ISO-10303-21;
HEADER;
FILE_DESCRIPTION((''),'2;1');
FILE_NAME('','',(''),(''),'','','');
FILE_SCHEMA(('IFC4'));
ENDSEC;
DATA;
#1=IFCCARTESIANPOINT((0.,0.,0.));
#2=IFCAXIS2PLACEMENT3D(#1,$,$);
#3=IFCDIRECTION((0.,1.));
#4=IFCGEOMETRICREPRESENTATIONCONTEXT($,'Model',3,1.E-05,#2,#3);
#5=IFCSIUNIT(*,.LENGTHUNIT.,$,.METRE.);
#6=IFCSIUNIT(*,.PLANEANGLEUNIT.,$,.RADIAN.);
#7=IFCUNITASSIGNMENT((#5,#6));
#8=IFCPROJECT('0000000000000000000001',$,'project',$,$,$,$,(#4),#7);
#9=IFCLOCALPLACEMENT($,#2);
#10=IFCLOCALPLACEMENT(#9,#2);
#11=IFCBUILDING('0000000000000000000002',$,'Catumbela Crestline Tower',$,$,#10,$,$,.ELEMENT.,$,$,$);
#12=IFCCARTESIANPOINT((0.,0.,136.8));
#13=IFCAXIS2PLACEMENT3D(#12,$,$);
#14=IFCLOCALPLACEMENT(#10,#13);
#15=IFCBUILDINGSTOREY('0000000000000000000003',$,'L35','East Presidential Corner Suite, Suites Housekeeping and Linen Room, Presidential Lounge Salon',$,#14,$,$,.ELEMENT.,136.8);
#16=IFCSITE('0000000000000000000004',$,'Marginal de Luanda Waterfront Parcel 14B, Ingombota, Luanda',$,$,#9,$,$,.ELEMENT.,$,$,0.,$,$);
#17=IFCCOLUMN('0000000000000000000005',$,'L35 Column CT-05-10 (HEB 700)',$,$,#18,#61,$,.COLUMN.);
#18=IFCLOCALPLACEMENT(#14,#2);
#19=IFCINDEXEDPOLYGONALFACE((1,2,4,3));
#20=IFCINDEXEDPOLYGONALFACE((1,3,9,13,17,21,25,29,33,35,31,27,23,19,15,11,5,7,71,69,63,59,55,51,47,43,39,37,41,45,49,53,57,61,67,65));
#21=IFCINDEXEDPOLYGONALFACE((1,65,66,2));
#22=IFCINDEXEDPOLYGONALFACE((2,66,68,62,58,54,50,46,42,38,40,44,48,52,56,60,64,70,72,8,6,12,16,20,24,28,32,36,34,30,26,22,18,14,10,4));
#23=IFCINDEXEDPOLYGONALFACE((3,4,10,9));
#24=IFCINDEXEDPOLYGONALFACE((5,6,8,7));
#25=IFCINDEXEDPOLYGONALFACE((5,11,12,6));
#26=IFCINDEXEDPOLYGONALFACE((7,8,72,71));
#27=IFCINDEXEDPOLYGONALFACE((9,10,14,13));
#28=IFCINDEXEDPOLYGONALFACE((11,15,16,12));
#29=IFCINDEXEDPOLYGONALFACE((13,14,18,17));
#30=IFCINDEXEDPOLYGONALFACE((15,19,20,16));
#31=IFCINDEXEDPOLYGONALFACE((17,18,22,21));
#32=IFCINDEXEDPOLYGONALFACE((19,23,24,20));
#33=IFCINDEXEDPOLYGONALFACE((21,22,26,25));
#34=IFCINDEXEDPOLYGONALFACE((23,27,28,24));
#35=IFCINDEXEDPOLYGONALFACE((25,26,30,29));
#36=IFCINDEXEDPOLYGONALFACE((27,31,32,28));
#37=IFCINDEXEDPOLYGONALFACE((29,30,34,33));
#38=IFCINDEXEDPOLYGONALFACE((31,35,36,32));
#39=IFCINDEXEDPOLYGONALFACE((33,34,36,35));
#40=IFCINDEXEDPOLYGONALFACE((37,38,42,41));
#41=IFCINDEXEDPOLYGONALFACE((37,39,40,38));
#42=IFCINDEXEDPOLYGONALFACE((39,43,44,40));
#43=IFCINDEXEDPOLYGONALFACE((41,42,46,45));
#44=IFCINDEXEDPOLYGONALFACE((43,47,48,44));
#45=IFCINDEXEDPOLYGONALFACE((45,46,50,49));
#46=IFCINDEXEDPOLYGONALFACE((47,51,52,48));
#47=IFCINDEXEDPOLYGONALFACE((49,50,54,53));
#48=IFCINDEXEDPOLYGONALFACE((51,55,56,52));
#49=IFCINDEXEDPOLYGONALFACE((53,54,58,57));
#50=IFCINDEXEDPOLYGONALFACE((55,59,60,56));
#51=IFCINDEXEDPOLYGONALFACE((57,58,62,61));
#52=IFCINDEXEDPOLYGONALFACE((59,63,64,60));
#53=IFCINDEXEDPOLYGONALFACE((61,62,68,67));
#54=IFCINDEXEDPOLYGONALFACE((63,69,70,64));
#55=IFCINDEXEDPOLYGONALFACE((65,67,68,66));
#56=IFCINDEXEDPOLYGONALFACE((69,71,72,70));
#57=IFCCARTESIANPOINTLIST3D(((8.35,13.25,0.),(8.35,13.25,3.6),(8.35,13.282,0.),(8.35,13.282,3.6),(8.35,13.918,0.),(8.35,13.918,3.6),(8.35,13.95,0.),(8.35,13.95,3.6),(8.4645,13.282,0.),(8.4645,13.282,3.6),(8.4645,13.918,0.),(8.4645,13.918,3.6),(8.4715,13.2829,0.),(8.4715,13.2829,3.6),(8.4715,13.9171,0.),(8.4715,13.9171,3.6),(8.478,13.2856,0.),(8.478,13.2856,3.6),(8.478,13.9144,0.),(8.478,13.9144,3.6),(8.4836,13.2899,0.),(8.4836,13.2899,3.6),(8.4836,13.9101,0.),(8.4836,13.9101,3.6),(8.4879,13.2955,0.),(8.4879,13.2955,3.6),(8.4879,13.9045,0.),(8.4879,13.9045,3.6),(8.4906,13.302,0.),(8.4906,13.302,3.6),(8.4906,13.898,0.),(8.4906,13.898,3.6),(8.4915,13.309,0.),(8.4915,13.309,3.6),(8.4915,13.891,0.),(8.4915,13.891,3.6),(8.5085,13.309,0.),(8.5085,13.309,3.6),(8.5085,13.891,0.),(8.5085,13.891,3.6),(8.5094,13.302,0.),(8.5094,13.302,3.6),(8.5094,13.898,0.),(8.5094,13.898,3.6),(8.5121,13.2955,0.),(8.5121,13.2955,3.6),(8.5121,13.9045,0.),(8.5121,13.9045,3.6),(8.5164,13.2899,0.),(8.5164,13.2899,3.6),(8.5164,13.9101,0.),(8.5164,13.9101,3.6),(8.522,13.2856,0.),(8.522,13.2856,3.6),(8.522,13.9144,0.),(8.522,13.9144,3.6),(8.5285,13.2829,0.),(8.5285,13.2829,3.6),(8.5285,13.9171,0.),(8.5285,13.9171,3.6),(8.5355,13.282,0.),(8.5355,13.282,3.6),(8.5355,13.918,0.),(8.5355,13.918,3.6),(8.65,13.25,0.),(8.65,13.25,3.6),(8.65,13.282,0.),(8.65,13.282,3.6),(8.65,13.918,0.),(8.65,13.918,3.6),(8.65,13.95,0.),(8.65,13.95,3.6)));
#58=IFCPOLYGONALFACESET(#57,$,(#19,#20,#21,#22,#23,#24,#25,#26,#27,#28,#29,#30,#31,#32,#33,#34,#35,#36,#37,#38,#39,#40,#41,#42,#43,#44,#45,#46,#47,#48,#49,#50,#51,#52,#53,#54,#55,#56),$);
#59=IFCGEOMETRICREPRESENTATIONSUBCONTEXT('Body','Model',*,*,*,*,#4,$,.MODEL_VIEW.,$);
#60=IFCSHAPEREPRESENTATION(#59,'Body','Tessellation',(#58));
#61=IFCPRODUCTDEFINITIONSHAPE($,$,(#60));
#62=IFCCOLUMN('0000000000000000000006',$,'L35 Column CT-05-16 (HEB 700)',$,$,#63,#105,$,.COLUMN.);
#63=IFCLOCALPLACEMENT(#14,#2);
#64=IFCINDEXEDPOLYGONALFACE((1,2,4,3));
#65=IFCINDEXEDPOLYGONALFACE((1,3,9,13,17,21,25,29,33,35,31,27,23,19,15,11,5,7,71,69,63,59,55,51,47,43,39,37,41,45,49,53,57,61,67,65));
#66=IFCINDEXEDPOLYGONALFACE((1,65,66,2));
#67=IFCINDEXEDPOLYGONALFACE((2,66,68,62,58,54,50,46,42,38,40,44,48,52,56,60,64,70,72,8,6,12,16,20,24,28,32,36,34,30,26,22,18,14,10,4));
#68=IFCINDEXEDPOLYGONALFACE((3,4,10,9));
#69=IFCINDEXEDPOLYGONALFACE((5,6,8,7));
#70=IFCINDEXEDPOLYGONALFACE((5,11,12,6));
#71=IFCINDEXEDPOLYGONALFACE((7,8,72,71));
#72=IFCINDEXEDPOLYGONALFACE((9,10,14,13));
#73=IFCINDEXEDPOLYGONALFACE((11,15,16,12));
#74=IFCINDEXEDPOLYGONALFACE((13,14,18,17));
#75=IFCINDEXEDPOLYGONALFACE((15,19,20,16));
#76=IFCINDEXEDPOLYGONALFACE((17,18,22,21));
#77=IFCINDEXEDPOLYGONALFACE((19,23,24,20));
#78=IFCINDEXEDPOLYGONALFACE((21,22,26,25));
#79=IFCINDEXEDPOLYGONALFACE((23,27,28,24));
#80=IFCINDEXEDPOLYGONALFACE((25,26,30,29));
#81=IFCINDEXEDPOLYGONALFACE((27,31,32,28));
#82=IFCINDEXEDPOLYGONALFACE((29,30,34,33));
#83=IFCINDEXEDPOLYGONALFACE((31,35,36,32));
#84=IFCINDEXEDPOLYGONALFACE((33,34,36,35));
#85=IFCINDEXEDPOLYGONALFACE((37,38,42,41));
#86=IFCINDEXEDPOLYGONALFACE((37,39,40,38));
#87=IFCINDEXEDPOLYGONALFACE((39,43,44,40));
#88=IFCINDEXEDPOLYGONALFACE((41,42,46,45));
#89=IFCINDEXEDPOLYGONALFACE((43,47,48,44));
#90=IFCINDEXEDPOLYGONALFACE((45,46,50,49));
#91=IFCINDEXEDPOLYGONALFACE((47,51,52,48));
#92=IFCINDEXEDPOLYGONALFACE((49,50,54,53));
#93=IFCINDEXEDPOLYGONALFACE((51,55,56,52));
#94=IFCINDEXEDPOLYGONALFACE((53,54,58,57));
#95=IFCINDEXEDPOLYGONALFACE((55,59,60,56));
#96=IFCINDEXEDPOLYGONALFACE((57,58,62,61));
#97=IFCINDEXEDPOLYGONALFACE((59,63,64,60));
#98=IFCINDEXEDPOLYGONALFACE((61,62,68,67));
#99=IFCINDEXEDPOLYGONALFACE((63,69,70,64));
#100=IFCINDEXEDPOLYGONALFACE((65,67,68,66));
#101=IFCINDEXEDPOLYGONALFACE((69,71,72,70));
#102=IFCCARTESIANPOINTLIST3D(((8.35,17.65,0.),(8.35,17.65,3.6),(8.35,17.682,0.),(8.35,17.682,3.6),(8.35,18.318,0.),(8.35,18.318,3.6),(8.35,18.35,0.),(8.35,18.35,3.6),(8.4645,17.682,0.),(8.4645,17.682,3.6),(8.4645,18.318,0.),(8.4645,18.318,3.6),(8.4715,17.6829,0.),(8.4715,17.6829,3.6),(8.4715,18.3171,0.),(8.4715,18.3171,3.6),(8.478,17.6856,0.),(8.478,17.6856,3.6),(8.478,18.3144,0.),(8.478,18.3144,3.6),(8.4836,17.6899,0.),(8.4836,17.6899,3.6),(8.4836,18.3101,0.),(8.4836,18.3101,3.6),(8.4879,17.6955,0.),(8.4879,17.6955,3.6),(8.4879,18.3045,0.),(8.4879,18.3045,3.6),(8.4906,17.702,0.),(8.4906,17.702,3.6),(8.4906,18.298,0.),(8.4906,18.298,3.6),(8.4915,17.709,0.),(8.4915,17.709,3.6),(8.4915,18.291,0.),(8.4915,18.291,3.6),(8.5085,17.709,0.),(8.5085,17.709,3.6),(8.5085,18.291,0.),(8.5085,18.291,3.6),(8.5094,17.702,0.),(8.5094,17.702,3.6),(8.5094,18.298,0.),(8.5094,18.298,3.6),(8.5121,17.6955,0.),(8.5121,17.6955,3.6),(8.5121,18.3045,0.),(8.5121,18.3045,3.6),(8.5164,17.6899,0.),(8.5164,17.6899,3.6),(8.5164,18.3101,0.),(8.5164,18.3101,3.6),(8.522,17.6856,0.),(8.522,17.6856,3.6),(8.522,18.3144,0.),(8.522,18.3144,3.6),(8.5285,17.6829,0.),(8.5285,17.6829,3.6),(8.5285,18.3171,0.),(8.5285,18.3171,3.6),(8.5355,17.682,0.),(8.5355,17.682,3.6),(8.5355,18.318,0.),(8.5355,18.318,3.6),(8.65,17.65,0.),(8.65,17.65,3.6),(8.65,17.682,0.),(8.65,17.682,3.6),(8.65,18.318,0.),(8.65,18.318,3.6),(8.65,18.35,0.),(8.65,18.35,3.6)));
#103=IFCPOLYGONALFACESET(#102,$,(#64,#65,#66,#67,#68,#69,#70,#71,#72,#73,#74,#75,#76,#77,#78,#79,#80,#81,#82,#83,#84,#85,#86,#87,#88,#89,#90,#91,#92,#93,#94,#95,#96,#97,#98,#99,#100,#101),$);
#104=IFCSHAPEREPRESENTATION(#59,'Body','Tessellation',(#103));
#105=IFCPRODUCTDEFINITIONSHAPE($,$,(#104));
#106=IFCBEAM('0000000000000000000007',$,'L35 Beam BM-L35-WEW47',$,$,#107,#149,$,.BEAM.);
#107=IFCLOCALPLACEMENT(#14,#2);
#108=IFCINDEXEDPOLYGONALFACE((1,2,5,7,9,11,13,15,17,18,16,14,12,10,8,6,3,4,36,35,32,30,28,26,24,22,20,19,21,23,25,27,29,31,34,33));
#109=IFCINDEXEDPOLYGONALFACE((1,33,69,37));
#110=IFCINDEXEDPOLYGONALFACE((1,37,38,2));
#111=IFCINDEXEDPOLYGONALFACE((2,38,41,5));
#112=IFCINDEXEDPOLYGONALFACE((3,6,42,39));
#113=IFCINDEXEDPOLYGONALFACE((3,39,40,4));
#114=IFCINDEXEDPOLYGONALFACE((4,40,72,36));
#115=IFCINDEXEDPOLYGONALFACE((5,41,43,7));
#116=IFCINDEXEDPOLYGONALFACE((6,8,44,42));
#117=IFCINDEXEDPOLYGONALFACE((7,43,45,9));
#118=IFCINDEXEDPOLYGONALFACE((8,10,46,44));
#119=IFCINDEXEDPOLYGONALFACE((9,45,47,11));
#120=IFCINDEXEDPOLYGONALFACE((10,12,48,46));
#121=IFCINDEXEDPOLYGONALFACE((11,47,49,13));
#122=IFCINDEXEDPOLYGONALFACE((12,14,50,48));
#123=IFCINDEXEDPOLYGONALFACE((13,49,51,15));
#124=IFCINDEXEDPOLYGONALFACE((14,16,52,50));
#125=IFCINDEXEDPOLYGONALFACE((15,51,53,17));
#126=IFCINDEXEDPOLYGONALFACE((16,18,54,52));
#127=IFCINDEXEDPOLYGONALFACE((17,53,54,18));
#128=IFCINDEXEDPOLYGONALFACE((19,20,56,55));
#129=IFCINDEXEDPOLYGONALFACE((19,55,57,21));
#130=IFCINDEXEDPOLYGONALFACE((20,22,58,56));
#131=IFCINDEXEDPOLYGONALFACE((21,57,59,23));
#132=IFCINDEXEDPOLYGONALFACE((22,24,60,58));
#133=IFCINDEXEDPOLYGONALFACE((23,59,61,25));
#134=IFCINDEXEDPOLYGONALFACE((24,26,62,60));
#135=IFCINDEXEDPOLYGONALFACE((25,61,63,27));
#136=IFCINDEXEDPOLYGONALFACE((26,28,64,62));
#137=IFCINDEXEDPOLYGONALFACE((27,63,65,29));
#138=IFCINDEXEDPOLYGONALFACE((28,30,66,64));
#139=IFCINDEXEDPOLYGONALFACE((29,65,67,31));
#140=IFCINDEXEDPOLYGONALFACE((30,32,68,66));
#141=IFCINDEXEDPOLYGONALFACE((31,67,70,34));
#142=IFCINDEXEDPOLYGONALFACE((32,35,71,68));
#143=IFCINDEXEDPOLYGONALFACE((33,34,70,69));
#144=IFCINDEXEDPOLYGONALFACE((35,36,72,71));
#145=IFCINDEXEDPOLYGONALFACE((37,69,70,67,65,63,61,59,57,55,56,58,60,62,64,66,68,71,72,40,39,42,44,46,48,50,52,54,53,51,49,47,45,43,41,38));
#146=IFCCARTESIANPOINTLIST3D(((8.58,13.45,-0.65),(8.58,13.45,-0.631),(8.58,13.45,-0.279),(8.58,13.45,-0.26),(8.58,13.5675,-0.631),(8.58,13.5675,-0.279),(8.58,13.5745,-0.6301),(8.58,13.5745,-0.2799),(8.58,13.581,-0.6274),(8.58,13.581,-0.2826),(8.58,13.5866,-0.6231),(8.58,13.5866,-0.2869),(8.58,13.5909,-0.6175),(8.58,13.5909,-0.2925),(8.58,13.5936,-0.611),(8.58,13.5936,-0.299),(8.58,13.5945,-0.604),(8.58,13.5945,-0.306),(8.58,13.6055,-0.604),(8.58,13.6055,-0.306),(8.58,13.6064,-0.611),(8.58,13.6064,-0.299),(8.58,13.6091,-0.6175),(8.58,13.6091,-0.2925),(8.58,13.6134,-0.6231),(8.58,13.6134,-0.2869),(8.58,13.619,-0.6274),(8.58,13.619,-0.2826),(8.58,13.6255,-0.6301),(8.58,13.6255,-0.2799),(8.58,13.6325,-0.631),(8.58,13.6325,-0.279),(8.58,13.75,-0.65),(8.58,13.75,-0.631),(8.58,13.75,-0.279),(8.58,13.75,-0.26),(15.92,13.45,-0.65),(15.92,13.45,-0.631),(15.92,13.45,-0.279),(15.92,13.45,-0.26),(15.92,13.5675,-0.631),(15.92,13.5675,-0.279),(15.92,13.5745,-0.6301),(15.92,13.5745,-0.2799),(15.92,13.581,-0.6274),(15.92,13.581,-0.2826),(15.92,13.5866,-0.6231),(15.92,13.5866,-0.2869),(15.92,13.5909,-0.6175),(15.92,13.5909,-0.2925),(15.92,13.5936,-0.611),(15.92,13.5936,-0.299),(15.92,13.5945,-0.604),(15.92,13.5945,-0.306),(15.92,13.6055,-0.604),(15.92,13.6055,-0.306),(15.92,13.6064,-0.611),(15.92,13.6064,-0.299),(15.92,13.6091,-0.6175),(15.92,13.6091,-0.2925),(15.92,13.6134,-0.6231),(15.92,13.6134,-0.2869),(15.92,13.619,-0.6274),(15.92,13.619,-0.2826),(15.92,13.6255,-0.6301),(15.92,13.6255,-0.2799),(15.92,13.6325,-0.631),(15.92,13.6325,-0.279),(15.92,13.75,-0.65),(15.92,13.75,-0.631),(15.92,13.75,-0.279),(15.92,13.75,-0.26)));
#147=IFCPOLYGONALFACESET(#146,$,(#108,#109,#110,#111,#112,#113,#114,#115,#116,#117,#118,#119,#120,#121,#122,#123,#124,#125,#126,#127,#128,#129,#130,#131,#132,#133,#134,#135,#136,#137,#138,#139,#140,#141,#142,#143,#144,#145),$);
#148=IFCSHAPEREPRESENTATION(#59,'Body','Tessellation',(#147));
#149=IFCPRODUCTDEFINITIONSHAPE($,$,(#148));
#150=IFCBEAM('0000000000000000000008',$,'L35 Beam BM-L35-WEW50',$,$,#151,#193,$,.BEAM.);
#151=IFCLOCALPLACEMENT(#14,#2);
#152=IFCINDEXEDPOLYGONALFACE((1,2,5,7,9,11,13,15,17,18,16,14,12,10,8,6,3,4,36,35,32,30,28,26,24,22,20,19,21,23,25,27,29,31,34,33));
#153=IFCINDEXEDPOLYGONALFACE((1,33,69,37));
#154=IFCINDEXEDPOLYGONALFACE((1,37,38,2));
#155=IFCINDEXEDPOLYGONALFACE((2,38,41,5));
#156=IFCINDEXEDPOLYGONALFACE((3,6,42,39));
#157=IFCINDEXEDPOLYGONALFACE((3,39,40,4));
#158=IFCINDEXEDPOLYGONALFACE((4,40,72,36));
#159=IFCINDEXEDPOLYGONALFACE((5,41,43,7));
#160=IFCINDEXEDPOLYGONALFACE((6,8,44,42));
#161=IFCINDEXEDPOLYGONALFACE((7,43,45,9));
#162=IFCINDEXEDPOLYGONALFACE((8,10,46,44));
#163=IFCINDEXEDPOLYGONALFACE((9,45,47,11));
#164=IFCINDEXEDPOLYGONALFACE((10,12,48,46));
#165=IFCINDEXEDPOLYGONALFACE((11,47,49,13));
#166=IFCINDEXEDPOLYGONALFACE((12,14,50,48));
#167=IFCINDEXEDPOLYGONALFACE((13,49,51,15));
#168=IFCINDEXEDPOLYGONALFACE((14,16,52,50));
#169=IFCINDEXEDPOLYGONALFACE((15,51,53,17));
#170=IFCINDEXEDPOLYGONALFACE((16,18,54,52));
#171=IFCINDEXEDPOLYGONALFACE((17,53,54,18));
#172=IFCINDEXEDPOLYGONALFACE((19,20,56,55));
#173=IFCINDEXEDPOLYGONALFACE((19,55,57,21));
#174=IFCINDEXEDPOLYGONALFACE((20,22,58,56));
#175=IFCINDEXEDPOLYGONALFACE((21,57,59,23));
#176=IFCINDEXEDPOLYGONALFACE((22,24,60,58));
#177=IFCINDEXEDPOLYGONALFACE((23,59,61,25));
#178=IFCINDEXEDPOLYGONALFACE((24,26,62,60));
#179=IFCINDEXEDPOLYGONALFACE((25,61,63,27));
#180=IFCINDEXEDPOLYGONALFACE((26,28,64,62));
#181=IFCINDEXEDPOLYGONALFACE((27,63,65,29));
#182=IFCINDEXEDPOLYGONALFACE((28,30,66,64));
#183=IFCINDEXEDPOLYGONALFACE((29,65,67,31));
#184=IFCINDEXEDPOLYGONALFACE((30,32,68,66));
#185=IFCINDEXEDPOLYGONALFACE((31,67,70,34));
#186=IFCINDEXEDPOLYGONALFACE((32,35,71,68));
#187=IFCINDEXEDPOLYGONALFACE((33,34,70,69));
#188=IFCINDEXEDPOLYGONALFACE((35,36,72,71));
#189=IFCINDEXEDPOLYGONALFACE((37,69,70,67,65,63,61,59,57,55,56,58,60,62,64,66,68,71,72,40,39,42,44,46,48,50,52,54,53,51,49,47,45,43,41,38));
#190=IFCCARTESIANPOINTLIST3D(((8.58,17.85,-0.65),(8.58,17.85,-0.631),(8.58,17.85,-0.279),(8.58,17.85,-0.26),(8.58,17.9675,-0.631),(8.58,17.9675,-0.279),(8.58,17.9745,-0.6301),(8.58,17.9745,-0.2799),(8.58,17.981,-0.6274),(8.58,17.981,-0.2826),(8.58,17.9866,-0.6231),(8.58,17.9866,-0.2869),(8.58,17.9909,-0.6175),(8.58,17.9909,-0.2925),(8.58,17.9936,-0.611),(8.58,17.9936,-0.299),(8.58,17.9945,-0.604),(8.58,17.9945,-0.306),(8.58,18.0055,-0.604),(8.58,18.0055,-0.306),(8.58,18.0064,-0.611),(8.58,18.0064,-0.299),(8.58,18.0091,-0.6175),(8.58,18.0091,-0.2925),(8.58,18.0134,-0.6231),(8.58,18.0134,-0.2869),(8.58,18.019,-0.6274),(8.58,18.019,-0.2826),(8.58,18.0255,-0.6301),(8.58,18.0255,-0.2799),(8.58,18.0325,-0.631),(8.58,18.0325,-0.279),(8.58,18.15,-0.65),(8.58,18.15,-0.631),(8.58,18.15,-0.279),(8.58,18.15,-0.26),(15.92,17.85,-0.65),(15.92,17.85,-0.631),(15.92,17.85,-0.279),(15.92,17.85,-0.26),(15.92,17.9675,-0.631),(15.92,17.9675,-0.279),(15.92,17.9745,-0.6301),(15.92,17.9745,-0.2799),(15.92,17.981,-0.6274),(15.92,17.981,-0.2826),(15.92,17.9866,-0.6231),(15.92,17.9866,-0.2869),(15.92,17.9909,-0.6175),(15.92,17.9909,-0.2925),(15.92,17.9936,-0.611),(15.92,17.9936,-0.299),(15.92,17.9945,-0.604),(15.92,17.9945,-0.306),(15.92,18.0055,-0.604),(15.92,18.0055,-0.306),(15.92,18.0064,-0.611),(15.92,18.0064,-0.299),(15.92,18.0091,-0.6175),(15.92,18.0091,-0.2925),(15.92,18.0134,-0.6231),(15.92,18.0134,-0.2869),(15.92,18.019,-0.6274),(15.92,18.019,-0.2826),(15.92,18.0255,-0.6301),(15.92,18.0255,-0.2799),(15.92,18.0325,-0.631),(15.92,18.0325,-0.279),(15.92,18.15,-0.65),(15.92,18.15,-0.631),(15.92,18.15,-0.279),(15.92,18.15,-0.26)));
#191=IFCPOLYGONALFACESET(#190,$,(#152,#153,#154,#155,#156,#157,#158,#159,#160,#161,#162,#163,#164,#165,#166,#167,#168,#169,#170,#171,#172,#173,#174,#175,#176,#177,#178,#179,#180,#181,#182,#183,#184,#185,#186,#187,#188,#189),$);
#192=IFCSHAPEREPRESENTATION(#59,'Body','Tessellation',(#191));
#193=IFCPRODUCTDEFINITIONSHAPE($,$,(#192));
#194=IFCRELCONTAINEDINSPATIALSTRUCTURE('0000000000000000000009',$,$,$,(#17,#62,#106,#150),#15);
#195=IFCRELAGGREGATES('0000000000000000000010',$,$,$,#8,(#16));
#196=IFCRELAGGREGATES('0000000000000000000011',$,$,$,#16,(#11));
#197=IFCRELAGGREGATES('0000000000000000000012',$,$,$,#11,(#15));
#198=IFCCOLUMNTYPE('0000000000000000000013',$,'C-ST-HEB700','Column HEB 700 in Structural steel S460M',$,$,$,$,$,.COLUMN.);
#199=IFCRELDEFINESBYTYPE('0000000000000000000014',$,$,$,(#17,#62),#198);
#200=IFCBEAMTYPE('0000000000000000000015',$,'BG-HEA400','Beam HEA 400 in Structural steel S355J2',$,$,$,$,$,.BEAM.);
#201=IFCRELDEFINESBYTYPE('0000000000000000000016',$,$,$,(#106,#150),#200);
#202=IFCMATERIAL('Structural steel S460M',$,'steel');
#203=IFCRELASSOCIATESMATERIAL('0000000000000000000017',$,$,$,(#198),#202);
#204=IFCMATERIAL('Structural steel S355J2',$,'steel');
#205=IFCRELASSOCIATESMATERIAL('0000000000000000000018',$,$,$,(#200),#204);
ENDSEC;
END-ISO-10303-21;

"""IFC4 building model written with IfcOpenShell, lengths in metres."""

from ifc_helpers import new_model, si_unit, direction, frame, origin, origin_2d, place, context, subcontext, project, spatial, i_section, extrude, material, material_profile, profile_set, type_object, element, save


model = new_model("IFC4")

# Units and contexts
model_context = context("Model", 3, precision=1e-05, world=origin(), true_north=direction((0.0, 1.0)))
body_context = subcontext(model_context, "Body", "Model", "MODEL_VIEW")
ifc_project = project(units=[si_unit("LENGTHUNIT", "METRE"), si_unit("PLANEANGLEUNIT", "RADIAN")], contexts=[model_context])

# Site, building, storey
site_placement = place(None, origin())
site = spatial("IfcSite", under=ifc_project, at=site_placement, Name="Marginal de Luanda Waterfront Parcel 14B, Ingombota, Luanda", CompositionType="ELEMENT", RefElevation=0.0)
building_placement = place(site_placement, origin())
building = spatial("IfcBuilding", under=site, at=building_placement, Name="Catumbela Crestline Tower", CompositionType="ELEMENT")
storey_placement = place(building_placement, frame((0.0, 0.0, 136.8)))
storey = spatial("IfcBuildingStorey", under=building, at=storey_placement, Name="L35", Description="East Presidential Corner Suite, Suites Housekeeping and Linen Room, Presidential Lounge Salon", CompositionType="ELEMENT", Elevation=136.8)

# Columns
ifc_material_1 = material(Name="Structural steel S460M", Category="steel")
ifc_material_profile_1 = material_profile(ifc_material_1, i_section(OverallWidth=0.3, OverallDepth=0.7, WebThickness=0.017, FlangeThickness=0.032, FilletRadius=0.027, at=origin_2d()), Name="HEB 700")
ifc_profile_set_1 = profile_set([ifc_material_profile_1], Name="Structural steel S460M")
column_type = type_object("IfcColumnType", Name="C-ST-HEB700", Description="Column HEB 700 in Structural steel S460M", PredefinedType="COLUMN", material=ifc_profile_set_1)
for number, where, z_axis, x_axis, name in (
    (1, (8.5, 13.6, 0.0), (0.0, 0.0, 1.0), (1.0, 0.0, 0.0), "L35 Column CT-05-10 (HEB 700)"),
    (2, (8.5, 18.0, 0.0), (0.0, 0.0, 1.0), (1.0, 0.0, 0.0), "L35 Column CT-05-16 (HEB 700)"),
):
    element("IfcColumn", number, at=place(storey_placement, frame(where, z_axis=z_axis, x_axis=x_axis)), inside=storey, type_object=column_type, Name=name, PredefinedType="COLUMN", context=body_context, shape_type="SweptSolid", body=[
        extrude(i_section(OverallWidth=0.3, OverallDepth=0.7, WebThickness=0.017, FlangeThickness=0.032, FilletRadius=0.027, at=origin_2d()), origin(), (0.0, 0.0, 1.0), 3.6),
    ])

# Beams
ifc_material_2 = material(Name="Structural steel S355J2", Category="steel")
ifc_material_profile_2 = material_profile(ifc_material_2, i_section(OverallWidth=0.3, OverallDepth=0.39, WebThickness=0.011, FlangeThickness=0.019, FilletRadius=0.027, at=origin_2d()), Name="HEA 400")
ifc_profile_set_2 = profile_set([ifc_material_profile_2], Name="Structural steel S355J2")
beam_type_1 = type_object("IfcBeamType", Name="BG-HEA400", Description="Beam HEA 400 in Structural steel S355J2", PredefinedType="BEAM", material=ifc_profile_set_2)
for number, where, z_axis, x_axis, name in (
    (3, (8.58, 13.6, -0.455), (1.0, 0.0, 0.0), (0.0, 1.0, 0.0), "L35 Beam BM-L35-WEW47"),
    (4, (8.58, 18.0, -0.455), (1.0, 0.0, 0.0), (0.0, 1.0, 0.0), "L35 Beam BM-L35-WEW50"),
):
    element("IfcBeam", number, at=place(storey_placement, frame(where, z_axis=z_axis, x_axis=x_axis)), inside=storey, type_object=beam_type_1, Name=name, PredefinedType="BEAM", context=body_context, shape_type="SweptSolid", body=[
        extrude(i_section(OverallWidth=0.3, OverallDepth=0.39, WebThickness=0.011, FlangeThickness=0.019, FilletRadius=0.027, at=origin_2d()), origin(), (0.0, 0.0, 1.0), 7.34),
    ])

save(model, "model.ifc")
